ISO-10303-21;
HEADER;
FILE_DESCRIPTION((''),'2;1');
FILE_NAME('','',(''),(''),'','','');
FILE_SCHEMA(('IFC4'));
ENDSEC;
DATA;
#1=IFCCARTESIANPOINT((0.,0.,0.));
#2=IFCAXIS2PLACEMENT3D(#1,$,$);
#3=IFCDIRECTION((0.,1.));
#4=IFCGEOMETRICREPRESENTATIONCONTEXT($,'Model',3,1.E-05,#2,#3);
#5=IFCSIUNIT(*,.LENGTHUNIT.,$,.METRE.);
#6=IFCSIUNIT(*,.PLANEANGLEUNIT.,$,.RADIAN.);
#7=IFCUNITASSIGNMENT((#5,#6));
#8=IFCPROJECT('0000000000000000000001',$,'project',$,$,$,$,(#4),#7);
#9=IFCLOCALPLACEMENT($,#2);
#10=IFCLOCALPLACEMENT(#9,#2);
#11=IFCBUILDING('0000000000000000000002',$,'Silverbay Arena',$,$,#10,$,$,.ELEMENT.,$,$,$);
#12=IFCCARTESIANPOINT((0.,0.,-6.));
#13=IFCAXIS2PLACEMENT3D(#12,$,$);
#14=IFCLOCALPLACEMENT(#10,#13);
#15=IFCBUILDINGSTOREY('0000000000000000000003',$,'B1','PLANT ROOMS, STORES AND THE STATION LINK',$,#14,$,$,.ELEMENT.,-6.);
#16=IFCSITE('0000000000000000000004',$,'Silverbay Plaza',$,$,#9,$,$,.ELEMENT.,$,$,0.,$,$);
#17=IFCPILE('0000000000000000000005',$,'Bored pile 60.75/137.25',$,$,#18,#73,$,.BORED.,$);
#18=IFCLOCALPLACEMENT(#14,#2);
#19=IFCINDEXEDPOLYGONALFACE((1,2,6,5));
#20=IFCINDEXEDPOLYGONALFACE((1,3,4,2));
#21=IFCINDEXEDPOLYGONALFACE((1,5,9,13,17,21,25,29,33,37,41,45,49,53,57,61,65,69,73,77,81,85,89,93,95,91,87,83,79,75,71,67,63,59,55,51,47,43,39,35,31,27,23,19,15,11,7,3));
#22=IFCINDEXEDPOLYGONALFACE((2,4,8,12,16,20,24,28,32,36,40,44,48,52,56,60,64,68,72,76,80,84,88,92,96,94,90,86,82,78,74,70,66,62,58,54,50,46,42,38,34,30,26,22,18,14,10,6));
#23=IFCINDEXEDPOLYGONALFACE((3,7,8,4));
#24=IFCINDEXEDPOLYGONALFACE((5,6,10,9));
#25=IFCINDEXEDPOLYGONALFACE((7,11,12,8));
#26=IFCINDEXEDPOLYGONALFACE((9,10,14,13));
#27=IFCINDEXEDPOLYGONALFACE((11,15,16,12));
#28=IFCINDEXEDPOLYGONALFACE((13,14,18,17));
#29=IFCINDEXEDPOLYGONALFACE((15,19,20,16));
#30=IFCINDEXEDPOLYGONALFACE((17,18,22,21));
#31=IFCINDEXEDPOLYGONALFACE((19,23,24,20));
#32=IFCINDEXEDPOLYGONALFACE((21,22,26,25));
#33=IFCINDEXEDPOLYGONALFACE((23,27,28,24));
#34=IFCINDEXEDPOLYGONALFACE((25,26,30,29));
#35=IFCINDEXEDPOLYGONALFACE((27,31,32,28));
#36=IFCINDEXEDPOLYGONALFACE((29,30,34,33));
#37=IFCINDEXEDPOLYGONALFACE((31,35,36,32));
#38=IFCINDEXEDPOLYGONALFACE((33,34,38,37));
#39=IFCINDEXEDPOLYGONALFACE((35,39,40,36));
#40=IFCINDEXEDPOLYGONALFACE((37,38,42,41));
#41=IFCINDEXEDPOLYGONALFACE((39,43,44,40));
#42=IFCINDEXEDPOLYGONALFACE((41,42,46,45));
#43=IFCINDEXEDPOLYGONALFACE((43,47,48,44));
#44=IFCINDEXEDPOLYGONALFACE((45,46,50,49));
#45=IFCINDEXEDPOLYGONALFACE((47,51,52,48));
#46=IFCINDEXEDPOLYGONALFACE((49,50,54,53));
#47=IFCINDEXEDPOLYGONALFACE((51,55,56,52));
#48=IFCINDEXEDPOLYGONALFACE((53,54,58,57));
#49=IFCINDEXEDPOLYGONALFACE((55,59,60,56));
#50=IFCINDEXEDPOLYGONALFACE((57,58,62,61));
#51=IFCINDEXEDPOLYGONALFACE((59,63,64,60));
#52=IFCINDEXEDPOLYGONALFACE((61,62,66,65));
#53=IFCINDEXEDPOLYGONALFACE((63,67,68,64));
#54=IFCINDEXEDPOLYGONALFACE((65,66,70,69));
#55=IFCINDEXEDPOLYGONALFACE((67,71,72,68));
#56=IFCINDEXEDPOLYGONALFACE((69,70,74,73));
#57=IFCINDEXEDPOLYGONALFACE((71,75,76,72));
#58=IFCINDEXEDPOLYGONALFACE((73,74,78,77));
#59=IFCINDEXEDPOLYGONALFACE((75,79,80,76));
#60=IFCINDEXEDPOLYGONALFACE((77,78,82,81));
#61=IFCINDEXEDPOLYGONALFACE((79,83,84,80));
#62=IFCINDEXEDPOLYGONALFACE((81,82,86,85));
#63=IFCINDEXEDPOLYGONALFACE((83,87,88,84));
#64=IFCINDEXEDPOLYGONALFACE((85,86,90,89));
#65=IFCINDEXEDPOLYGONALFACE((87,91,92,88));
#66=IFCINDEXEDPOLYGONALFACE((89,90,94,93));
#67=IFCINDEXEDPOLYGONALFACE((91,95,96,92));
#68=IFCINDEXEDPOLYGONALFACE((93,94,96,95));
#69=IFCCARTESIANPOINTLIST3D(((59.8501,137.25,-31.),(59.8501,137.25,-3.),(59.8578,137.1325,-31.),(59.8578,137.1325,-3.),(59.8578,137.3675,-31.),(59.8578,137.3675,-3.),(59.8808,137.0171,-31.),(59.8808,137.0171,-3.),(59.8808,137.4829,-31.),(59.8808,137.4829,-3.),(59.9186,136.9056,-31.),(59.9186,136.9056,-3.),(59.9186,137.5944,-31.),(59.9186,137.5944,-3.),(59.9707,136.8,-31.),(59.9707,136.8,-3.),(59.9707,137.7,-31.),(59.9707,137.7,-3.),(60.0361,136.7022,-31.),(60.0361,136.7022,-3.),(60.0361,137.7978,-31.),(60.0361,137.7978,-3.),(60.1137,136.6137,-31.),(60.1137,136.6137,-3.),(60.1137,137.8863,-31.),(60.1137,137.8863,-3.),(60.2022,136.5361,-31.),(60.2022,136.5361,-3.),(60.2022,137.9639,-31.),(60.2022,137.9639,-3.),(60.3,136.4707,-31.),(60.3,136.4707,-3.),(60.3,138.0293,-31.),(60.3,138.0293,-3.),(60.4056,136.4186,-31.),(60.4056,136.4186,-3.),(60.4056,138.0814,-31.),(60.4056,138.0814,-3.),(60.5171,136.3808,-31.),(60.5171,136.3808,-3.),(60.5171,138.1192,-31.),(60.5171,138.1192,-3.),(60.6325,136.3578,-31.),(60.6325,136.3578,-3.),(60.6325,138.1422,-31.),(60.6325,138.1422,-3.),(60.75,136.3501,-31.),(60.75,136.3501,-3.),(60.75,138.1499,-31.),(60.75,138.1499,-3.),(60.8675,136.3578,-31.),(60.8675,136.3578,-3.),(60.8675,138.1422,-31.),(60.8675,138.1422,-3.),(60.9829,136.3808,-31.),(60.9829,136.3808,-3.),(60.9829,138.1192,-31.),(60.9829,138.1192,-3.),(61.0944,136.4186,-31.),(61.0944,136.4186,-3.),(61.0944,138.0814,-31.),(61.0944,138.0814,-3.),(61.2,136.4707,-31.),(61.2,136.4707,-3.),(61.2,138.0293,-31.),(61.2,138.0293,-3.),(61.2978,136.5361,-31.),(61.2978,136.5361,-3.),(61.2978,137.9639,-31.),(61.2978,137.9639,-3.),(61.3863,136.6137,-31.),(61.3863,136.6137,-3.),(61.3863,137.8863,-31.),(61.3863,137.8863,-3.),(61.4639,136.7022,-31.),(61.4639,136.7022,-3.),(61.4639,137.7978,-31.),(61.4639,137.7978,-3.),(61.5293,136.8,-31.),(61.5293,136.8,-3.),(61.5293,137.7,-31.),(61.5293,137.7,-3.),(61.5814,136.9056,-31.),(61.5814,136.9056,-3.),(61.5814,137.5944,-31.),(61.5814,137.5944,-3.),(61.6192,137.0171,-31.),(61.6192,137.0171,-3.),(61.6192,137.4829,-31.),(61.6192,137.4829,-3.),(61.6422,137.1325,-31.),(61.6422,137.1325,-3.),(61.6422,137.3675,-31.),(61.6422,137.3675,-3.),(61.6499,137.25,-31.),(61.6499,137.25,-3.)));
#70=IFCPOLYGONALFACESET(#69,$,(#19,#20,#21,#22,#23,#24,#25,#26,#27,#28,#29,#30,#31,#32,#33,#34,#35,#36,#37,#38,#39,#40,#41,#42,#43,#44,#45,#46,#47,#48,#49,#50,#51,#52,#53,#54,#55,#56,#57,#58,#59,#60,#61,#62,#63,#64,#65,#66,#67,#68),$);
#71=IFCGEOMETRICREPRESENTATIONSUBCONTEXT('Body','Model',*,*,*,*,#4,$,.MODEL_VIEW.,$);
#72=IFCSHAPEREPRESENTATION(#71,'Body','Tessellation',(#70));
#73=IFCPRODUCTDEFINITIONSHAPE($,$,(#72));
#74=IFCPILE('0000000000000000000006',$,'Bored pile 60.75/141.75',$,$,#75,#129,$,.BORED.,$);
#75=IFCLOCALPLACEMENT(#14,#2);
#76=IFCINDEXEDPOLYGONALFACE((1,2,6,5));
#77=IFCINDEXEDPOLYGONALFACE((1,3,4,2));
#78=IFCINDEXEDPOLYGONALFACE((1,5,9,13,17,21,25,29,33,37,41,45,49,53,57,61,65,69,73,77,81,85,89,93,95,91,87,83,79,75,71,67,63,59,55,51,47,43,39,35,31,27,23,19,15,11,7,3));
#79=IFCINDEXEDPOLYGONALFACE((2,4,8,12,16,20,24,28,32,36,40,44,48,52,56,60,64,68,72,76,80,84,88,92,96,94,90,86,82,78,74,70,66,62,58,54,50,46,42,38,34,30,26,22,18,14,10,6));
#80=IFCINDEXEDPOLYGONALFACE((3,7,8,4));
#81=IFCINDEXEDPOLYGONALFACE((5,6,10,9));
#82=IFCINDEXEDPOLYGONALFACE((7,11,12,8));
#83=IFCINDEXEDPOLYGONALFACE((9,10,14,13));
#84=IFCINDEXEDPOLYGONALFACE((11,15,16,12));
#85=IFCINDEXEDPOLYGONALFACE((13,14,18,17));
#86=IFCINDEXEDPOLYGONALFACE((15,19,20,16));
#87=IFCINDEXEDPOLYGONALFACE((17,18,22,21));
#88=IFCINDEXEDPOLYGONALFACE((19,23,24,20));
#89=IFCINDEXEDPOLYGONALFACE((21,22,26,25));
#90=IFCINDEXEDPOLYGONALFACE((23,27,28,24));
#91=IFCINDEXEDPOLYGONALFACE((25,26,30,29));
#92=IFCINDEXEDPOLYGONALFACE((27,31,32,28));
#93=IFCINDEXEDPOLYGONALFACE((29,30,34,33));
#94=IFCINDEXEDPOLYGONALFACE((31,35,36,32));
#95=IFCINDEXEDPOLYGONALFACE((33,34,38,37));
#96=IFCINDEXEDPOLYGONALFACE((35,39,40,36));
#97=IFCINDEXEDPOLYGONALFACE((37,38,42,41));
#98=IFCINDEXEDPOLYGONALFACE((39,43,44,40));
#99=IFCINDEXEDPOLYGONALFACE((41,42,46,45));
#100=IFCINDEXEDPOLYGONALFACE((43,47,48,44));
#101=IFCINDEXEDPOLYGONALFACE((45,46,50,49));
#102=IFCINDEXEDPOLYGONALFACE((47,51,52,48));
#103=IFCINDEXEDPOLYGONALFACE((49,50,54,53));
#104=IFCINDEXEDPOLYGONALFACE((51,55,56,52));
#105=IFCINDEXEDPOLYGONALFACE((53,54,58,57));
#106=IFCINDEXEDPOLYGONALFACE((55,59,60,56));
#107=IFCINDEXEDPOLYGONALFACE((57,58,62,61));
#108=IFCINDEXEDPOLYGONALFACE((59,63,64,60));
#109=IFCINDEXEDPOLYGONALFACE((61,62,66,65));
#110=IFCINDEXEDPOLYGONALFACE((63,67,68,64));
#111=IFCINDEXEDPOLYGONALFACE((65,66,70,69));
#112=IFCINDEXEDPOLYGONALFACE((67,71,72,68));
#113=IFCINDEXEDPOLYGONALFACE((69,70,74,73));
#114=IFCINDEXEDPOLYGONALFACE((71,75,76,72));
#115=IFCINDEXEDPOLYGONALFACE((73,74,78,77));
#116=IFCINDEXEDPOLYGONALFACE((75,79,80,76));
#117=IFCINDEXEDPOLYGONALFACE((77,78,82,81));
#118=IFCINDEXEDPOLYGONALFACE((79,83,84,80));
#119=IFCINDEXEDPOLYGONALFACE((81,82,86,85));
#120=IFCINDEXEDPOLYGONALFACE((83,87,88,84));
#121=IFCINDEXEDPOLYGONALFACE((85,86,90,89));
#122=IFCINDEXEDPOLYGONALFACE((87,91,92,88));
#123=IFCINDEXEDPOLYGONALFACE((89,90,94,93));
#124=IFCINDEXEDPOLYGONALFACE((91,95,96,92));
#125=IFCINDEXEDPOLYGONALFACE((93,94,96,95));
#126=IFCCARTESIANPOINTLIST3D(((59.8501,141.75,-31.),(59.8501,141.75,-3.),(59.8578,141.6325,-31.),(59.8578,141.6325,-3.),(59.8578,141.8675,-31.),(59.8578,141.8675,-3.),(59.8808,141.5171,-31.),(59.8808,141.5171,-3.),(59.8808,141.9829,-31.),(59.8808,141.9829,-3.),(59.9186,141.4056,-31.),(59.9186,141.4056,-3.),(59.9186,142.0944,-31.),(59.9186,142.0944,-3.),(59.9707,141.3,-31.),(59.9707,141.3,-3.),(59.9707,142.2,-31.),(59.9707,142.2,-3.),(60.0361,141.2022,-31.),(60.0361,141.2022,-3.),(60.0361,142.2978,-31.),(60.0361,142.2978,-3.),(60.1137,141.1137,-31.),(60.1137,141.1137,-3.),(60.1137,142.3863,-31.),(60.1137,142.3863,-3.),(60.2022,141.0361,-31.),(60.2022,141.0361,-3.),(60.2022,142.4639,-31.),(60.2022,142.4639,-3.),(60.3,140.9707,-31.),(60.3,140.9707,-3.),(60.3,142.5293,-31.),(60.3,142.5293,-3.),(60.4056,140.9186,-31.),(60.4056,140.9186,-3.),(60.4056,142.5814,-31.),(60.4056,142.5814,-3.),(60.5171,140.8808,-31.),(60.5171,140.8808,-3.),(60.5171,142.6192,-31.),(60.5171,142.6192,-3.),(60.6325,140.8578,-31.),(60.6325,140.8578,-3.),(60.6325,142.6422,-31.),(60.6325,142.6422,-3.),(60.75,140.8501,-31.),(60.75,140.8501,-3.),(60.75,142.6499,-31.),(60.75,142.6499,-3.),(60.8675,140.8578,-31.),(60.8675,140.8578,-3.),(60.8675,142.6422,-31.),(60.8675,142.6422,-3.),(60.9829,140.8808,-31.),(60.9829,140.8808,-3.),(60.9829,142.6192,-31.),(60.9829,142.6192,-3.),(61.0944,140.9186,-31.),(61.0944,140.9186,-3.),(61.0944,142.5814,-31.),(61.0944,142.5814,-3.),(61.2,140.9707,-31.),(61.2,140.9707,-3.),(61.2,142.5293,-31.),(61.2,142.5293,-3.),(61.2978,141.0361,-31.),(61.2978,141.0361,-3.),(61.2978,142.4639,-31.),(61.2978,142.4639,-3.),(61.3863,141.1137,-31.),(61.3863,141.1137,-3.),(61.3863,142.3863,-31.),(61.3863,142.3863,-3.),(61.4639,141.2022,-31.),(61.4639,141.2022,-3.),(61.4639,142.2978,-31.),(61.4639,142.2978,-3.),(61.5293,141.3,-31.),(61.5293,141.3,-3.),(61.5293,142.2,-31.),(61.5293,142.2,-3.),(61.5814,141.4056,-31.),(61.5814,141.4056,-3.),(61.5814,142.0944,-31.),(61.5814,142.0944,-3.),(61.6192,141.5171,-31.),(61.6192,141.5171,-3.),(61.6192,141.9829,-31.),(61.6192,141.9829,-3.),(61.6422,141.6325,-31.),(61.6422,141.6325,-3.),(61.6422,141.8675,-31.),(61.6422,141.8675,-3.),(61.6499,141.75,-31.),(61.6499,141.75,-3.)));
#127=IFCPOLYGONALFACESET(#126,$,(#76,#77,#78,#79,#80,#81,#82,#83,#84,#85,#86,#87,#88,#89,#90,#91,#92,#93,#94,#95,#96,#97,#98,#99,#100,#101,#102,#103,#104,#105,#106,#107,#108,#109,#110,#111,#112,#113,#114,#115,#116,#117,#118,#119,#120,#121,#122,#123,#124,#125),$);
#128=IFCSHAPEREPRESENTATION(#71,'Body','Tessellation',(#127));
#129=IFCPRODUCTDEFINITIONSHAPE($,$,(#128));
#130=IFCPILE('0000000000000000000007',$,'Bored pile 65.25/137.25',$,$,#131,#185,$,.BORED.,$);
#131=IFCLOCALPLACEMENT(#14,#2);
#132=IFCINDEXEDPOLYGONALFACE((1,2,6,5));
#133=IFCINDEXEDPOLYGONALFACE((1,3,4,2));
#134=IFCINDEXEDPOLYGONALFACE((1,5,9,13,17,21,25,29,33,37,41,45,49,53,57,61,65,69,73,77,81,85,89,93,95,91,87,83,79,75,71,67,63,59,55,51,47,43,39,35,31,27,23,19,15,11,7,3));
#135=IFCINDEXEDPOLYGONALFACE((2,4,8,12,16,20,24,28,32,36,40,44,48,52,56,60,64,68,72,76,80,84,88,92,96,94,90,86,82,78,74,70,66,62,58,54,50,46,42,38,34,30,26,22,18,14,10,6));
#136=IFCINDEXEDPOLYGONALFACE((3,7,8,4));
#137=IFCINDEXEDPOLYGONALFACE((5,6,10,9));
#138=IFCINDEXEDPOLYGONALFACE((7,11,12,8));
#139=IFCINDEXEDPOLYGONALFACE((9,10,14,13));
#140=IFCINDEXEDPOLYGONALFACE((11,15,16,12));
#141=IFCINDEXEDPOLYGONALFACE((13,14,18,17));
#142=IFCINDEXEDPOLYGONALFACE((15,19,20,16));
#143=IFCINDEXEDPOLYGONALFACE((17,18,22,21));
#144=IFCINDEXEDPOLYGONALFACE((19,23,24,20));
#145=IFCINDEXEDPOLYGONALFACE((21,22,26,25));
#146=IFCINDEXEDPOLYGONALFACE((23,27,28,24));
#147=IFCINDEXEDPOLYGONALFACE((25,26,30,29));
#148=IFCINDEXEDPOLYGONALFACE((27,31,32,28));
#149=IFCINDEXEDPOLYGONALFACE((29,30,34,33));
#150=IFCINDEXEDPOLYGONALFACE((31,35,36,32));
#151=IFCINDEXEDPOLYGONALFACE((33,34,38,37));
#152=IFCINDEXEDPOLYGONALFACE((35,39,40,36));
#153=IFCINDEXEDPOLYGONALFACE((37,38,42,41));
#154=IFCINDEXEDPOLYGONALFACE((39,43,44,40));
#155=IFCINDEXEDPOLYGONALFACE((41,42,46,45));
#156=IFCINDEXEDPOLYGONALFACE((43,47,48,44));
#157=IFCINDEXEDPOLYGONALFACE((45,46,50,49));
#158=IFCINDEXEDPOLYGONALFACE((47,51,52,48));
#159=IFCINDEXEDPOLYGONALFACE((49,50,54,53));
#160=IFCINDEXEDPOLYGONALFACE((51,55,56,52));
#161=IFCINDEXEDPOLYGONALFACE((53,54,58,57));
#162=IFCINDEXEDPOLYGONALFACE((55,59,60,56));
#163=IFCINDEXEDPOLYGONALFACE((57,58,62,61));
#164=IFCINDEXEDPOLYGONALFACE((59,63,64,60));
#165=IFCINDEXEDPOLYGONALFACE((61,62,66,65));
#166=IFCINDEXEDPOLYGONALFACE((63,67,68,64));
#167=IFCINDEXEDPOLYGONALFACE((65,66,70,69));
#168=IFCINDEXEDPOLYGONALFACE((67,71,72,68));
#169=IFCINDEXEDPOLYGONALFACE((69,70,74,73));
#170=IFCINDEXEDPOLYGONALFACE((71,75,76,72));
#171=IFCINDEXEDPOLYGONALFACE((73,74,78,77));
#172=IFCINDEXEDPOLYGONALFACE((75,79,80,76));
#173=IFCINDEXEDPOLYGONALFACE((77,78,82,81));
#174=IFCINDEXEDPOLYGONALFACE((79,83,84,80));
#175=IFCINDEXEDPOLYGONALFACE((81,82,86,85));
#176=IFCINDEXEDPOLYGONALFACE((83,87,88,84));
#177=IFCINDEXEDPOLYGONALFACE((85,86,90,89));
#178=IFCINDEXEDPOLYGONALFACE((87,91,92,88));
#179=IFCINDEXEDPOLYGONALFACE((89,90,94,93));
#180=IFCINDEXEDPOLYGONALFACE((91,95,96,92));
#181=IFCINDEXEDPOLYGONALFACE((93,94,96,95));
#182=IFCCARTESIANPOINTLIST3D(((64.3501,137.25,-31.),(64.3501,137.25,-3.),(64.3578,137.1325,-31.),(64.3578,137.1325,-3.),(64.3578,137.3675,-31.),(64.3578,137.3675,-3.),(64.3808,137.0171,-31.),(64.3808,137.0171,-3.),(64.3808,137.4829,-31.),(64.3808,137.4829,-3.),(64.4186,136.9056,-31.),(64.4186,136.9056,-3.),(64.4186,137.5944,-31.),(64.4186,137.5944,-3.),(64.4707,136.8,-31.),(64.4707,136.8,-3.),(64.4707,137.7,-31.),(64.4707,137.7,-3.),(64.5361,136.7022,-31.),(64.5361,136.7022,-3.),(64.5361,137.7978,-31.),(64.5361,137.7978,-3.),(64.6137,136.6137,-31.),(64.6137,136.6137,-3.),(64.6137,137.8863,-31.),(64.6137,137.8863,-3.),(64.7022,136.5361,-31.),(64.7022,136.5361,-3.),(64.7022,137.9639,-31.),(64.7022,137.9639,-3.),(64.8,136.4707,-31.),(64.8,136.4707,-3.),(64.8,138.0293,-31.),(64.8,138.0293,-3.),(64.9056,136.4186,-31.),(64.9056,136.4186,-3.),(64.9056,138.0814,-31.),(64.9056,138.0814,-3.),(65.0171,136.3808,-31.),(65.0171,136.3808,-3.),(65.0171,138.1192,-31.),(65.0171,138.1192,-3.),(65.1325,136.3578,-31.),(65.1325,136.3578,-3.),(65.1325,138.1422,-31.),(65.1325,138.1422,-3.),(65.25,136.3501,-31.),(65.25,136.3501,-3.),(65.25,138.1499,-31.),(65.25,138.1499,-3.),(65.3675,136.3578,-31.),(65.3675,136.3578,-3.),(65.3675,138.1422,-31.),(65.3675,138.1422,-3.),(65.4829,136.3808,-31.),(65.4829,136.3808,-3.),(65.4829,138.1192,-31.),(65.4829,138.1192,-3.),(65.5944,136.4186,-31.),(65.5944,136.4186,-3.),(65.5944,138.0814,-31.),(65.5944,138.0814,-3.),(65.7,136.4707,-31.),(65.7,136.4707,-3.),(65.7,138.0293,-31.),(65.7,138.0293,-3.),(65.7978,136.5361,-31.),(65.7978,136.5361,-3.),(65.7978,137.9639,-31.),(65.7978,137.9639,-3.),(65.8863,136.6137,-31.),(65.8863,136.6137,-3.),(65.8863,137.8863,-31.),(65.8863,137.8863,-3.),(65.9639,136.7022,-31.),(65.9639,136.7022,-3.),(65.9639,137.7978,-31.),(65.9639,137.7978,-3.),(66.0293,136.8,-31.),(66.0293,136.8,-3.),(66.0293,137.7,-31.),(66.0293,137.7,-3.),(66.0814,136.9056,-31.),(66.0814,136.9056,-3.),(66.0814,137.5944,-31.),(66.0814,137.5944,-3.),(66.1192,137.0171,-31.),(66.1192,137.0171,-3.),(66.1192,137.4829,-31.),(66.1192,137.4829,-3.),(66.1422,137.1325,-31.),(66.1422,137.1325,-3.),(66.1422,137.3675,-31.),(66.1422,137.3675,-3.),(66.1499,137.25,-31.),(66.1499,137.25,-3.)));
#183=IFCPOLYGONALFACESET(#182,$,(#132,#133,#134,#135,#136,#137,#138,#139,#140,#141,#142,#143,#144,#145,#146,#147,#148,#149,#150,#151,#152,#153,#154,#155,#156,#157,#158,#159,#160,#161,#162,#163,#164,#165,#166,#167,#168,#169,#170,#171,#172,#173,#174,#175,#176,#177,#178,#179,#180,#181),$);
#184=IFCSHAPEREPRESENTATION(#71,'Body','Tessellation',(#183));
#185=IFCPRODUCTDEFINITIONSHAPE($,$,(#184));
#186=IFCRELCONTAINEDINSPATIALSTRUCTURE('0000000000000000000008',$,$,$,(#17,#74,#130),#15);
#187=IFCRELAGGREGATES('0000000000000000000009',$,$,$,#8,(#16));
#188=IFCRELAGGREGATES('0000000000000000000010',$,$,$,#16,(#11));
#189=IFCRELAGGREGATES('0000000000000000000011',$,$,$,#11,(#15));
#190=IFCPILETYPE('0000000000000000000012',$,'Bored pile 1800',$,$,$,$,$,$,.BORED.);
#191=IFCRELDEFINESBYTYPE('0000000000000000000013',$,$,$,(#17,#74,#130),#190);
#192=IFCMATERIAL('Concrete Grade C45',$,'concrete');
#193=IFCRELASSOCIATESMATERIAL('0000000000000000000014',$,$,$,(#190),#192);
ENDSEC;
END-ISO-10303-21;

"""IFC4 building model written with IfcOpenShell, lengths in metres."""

from ifc_helpers import new_model, si_unit, direction, frame, origin, origin_2d, place, context, subcontext, project, spatial, circle, extrude, material, material_profile, profile_set, type_object, element, save


model = new_model("IFC4")

# Units and contexts
model_context = context("Model", 3, precision=1e-05, world=origin(), true_north=direction((0.0, 1.0)))
body_context = subcontext(model_context, "Body", "Model", "MODEL_VIEW")
ifc_project = project(units=[si_unit("LENGTHUNIT", "METRE"), si_unit("PLANEANGLEUNIT", "RADIAN")], contexts=[model_context])

# Site, building, storey
site_placement = place(None, origin())
site = spatial("IfcSite", under=ifc_project, at=site_placement, Name="Silverbay Plaza", CompositionType="ELEMENT", RefElevation=0.0)
building_placement = place(site_placement, origin())
building = spatial("IfcBuilding", under=site, at=building_placement, Name="Silverbay Arena", CompositionType="ELEMENT")
storey_placement = place(building_placement, frame((0.0, 0.0, -6.0)))
storey = spatial("IfcBuildingStorey", under=building, at=storey_placement, Name="B1", Description="PLANT ROOMS, STORES AND THE STATION LINK", CompositionType="ELEMENT", Elevation=-6.0)

# Piles
ifc_material_1 = material(Name="Concrete Grade C45", Category="concrete")
ifc_material_profile_1 = material_profile(ifc_material_1, circle(Radius=0.8999, at=origin_2d()), Name="Bored pile 1800")
ifc_profile_set_1 = profile_set([ifc_material_profile_1], Name="Concrete Grade C45")
pile_type_1 = type_object("IfcPileType", Name="Bored pile 1800", PredefinedType="BORED", material=ifc_profile_set_1)
for number, where, z_axis, x_axis, name in (
    (1, (60.75, 137.25, -3.0), (0.0, 0.0, -1.0), (1.0, 0.0, 0.0), "Bored pile 60.75/137.25"),
    (2, (60.75, 141.75, -3.0), (0.0, 0.0, -1.0), (1.0, 0.0, 0.0), "Bored pile 60.75/141.75"),
    (3, (65.25, 137.25, -3.0), (0.0, 0.0, -1.0), (1.0, 0.0, 0.0), "Bored pile 65.25/137.25"),
):
    element("IfcPile", number, at=place(storey_placement, frame(where, z_axis=z_axis, x_axis=x_axis)), inside=storey, type_object=pile_type_1, Name=name, PredefinedType="BORED", context=body_context, shape_type="SweptSolid", body=[
        extrude(circle(Radius=0.8999, at=origin_2d()), origin(), (0.0, 0.0, 1.0), 28.0),
    ])

save(model, "model.ifc")
